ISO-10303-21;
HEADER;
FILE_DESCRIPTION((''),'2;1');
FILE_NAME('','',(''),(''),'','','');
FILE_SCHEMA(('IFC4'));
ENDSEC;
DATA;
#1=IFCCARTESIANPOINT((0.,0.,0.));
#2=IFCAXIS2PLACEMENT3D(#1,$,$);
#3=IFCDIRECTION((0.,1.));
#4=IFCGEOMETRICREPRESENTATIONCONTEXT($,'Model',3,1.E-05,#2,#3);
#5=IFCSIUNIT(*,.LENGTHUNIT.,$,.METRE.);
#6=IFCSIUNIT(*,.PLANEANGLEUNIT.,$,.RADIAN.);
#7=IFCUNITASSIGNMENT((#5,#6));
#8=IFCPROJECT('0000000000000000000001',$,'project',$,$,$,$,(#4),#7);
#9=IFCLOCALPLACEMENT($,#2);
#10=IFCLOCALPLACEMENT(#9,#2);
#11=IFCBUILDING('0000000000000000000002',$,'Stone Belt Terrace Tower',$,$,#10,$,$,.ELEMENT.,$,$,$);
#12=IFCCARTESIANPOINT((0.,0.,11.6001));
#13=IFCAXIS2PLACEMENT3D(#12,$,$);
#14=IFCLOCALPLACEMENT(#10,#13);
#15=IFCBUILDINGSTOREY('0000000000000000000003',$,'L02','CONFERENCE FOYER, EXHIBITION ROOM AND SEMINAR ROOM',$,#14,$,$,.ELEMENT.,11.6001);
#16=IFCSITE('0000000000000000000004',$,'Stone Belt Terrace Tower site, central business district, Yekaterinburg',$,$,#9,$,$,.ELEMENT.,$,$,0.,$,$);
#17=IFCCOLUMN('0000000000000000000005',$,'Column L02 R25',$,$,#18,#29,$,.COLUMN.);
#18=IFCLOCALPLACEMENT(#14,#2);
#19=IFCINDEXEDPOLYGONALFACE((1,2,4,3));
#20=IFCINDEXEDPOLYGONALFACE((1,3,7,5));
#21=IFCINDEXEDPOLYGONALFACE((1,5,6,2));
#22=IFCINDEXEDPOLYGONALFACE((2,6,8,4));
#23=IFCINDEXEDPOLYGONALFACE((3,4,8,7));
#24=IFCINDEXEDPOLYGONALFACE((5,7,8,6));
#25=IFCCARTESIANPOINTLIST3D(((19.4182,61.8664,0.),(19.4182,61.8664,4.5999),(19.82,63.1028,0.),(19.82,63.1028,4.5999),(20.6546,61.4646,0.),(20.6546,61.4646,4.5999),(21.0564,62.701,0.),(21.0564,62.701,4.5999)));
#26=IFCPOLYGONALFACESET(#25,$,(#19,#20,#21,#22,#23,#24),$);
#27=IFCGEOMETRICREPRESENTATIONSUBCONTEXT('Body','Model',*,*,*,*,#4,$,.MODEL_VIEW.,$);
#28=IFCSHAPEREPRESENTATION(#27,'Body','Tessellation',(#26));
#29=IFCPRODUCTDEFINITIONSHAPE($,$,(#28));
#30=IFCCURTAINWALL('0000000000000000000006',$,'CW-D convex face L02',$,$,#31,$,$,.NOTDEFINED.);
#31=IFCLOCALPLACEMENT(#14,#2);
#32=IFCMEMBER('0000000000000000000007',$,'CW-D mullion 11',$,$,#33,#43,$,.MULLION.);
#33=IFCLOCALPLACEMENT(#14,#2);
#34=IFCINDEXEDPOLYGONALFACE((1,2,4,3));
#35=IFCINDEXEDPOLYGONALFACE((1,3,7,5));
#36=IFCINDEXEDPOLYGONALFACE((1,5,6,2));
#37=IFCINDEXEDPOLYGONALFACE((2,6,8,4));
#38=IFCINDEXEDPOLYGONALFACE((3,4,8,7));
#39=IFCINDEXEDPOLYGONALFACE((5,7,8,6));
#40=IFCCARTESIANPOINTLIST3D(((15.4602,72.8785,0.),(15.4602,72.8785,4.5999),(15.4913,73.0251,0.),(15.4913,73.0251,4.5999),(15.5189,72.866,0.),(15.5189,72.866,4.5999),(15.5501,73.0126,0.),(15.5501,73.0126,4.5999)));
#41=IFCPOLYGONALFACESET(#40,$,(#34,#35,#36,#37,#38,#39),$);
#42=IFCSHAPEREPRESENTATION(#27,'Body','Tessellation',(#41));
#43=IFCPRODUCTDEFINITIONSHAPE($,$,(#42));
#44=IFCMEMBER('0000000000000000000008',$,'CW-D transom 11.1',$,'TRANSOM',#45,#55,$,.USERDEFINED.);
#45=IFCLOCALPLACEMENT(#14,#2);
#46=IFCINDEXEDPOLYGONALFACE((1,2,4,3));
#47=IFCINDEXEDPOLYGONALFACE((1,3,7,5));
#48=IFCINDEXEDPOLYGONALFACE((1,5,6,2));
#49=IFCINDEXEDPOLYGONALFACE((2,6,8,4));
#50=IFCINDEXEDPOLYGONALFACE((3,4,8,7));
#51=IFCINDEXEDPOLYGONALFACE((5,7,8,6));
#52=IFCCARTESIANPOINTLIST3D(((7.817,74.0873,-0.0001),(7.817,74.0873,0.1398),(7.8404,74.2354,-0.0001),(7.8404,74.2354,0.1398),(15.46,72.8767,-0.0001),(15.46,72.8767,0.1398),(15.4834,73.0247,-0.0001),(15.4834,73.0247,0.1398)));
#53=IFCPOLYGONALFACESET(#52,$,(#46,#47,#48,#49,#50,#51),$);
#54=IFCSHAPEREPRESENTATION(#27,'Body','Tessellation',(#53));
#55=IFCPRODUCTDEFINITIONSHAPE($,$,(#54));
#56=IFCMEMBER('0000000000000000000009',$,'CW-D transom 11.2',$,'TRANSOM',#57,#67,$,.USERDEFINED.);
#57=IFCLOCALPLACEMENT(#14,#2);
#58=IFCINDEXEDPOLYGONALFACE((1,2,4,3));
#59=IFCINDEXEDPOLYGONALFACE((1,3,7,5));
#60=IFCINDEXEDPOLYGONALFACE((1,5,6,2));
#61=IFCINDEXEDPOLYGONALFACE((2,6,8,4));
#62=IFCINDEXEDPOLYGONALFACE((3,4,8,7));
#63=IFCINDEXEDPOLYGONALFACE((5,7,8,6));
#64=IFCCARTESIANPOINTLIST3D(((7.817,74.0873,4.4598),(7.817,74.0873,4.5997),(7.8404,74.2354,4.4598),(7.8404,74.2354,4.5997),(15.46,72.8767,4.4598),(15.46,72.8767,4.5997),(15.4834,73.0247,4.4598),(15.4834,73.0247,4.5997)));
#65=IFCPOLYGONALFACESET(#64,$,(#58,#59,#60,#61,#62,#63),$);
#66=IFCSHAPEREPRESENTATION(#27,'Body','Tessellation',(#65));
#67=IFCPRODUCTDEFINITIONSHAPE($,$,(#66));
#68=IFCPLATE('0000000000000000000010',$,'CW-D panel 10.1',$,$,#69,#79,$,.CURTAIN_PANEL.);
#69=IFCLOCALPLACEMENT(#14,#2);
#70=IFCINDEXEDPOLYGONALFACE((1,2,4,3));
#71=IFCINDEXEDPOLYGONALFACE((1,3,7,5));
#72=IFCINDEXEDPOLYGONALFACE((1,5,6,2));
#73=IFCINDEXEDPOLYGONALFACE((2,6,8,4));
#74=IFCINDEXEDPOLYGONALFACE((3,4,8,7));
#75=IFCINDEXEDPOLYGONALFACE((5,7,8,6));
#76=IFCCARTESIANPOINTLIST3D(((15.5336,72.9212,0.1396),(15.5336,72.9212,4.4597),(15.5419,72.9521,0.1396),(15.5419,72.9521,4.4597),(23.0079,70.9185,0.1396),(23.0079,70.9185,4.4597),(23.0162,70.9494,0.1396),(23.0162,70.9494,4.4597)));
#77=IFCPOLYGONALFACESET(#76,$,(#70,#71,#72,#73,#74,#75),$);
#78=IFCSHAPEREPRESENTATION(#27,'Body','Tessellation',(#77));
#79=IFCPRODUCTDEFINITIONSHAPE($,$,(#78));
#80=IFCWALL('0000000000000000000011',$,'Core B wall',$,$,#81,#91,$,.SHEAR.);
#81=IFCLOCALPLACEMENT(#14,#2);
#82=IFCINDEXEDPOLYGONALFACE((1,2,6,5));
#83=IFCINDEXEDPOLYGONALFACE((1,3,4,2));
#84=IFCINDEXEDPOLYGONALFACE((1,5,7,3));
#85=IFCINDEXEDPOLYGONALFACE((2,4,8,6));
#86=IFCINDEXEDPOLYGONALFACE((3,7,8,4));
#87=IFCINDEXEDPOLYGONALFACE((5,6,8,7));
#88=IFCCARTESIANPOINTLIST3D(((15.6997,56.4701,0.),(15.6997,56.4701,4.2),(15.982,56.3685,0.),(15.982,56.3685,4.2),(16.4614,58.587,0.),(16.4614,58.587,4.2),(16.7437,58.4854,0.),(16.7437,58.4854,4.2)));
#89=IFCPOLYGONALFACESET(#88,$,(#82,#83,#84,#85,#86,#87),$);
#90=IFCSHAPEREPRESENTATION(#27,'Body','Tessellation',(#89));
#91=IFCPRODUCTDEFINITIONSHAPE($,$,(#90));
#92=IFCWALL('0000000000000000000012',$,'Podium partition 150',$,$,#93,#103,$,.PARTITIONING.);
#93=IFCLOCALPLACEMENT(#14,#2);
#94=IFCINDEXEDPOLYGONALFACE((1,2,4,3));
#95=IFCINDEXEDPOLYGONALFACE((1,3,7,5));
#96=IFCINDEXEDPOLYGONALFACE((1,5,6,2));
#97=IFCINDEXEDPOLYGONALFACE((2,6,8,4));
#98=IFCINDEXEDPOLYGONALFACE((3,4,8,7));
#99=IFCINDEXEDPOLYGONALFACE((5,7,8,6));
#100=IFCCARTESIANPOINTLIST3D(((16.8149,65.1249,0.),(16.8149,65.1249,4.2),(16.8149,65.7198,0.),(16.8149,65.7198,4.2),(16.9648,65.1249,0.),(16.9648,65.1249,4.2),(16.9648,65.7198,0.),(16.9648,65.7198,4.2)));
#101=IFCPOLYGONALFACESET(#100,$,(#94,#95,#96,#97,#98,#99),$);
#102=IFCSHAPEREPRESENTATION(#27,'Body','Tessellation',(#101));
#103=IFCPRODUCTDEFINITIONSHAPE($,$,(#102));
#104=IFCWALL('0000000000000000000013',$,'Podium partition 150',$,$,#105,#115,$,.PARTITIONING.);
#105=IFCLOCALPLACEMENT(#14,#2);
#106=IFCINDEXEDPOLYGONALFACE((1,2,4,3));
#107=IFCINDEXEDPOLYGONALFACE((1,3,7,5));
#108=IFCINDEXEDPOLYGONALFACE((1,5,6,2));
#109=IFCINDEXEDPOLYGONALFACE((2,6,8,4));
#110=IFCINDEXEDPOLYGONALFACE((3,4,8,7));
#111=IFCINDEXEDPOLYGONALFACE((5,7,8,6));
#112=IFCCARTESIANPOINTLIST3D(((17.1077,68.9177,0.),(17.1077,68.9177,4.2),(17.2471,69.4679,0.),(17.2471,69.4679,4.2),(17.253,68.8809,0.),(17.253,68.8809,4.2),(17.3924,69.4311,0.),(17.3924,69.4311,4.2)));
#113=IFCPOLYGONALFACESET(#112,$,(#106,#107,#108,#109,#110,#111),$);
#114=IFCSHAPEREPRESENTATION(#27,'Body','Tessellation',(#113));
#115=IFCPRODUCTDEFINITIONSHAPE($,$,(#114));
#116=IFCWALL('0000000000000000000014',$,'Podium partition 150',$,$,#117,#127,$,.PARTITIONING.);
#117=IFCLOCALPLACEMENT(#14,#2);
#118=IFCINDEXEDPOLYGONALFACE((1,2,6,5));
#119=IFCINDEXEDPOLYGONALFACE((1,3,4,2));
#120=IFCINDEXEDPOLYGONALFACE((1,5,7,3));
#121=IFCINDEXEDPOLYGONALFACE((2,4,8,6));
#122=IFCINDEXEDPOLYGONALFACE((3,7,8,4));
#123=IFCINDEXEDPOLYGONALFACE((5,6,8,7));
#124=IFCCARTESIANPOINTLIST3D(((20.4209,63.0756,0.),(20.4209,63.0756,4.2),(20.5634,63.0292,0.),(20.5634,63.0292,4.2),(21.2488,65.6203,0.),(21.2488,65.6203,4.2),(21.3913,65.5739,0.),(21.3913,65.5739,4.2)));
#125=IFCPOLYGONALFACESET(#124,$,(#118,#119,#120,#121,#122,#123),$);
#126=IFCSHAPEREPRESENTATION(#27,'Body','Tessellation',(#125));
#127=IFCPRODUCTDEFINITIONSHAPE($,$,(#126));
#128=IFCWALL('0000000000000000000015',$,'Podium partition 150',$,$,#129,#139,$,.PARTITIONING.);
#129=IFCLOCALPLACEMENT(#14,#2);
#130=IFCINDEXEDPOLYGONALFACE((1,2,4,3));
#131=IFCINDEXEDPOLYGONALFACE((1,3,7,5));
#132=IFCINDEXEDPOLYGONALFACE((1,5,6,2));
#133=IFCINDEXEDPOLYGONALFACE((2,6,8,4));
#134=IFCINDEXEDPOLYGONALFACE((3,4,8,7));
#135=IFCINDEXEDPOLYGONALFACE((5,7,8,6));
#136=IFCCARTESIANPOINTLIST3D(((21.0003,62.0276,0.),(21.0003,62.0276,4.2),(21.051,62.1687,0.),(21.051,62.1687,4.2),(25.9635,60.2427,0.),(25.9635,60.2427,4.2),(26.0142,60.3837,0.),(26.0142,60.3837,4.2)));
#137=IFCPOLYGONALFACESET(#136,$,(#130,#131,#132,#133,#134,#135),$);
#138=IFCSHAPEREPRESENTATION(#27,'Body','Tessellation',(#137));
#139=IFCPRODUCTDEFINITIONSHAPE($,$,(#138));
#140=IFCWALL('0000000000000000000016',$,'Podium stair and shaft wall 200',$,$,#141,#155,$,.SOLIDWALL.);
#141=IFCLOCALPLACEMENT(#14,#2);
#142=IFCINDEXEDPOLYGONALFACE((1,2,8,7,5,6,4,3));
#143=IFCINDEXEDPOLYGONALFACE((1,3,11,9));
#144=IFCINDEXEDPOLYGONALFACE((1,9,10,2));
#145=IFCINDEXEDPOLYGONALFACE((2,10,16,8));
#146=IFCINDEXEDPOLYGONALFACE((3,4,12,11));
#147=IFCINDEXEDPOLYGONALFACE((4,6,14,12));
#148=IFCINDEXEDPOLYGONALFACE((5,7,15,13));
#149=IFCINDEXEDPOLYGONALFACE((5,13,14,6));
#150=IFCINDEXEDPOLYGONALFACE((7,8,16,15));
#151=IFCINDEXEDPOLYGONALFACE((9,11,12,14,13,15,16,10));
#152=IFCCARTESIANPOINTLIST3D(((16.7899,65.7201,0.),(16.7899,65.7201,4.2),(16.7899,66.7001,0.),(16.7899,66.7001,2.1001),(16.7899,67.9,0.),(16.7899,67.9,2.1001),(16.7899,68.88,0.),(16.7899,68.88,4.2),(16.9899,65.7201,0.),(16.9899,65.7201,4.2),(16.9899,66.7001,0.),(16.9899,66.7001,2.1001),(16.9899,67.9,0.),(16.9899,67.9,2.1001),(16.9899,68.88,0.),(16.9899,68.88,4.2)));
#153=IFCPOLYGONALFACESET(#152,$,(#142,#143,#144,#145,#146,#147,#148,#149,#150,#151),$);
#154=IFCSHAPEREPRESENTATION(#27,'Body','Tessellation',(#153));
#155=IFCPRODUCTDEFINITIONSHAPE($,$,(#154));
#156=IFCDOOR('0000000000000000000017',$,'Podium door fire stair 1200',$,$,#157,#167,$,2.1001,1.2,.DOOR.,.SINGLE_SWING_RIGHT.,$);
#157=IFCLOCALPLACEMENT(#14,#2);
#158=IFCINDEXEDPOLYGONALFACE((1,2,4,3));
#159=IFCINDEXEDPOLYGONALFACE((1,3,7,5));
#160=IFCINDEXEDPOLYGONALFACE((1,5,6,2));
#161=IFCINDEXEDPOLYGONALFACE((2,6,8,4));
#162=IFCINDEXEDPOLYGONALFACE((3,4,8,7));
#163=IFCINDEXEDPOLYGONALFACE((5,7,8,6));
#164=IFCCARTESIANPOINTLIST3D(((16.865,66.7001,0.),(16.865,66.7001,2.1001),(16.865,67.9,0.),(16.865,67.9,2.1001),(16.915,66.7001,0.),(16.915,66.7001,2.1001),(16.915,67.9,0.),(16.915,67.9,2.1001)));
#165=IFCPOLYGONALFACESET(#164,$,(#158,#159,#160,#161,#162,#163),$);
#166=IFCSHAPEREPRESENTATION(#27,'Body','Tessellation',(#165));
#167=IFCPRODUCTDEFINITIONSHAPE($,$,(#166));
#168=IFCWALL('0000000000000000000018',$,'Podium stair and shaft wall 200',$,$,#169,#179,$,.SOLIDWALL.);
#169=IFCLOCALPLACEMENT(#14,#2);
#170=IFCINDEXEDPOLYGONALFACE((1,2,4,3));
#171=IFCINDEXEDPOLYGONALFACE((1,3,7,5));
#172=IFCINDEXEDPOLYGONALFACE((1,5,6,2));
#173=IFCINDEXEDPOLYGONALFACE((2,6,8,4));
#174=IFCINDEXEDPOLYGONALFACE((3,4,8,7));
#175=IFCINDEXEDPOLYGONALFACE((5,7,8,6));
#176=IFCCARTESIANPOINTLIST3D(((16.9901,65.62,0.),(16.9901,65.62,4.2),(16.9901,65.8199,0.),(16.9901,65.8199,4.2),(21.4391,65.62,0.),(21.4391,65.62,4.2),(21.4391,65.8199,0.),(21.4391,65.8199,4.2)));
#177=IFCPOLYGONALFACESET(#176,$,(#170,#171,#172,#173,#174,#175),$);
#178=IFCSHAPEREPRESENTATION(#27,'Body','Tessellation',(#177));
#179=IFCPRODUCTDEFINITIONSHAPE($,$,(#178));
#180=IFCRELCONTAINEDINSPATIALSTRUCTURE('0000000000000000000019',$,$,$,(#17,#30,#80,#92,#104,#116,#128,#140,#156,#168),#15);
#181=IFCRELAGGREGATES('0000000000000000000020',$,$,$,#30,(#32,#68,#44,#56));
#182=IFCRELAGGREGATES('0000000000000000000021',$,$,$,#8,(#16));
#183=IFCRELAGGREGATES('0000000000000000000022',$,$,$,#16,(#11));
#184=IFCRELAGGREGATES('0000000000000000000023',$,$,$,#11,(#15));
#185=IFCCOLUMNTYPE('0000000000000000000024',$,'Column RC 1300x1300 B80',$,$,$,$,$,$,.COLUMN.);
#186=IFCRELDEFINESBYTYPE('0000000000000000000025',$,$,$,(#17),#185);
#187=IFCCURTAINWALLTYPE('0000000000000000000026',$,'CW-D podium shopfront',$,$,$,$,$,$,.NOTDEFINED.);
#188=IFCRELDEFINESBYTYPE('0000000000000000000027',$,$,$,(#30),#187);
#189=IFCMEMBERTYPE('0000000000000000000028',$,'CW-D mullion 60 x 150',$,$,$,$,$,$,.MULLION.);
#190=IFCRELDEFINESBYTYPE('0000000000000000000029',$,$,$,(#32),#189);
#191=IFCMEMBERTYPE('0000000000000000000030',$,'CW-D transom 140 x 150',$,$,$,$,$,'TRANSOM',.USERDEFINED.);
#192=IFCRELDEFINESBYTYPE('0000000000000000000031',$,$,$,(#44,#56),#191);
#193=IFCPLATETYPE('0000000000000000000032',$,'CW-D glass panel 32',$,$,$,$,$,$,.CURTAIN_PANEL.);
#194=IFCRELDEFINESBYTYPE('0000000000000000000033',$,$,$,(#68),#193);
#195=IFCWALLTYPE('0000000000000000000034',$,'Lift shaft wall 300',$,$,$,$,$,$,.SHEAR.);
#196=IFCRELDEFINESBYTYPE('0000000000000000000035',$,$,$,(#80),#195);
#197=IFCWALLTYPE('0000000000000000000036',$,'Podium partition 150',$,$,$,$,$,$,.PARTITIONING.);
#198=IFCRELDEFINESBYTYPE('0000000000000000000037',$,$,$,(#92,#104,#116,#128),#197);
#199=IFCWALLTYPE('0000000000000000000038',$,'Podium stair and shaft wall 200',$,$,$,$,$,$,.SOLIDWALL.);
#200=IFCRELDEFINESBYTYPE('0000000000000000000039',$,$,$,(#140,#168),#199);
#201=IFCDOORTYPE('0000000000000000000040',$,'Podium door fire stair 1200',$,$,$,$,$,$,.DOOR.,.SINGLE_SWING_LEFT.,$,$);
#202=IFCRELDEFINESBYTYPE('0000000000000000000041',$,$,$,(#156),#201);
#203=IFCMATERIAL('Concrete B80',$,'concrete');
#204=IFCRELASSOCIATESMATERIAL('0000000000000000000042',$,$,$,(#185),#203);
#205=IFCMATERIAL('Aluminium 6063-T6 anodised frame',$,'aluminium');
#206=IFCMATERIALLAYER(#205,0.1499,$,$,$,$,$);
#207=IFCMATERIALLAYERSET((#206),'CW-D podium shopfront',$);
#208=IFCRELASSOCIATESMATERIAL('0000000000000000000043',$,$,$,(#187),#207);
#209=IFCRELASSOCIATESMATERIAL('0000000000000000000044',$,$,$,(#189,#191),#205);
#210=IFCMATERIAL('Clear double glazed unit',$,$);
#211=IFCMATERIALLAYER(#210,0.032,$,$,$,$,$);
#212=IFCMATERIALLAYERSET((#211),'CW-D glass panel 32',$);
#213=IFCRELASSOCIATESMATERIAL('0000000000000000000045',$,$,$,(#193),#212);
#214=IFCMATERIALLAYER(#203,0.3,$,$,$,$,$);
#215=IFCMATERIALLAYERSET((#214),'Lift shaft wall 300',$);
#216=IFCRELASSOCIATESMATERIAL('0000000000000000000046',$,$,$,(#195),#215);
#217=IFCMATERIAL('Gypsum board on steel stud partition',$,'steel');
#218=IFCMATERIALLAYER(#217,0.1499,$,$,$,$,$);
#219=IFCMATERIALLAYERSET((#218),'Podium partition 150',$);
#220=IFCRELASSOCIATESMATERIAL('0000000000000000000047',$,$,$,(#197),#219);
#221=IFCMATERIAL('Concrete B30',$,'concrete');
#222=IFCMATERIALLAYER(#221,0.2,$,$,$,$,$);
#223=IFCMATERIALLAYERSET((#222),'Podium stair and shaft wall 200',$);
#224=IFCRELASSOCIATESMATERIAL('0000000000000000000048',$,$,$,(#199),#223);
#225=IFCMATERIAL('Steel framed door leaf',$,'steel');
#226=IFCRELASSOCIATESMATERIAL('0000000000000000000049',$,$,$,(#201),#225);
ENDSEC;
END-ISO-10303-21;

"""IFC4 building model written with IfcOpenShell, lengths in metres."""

from ifc_helpers import new_model, si_unit, direction, frame, frame_2d, origin, origin_2d, place, context, subcontext, project, spatial, rectangle, extrude, material, layer, layer_set, material_profile, profile_set, type_object, element, fill, aggregate, save


model = new_model("IFC4")

# Units and contexts
model_context = context("Model", 3, precision=1e-05, world=origin(), true_north=direction((0.0, 1.0)))
body_context = subcontext(model_context, "Body", "Model", "MODEL_VIEW")
ifc_project = project(units=[si_unit("LENGTHUNIT", "METRE"), si_unit("PLANEANGLEUNIT", "RADIAN")], contexts=[model_context])

# Site, building, storey
site_placement = place(None, origin())
site = spatial("IfcSite", under=ifc_project, at=site_placement, Name="Stone Belt Terrace Tower site, central business district, Yekaterinburg", CompositionType="ELEMENT", RefElevation=0.0)
building_placement = place(site_placement, origin())
building = spatial("IfcBuilding", under=site, at=building_placement, Name="Stone Belt Terrace Tower", CompositionType="ELEMENT")
storey_placement = place(building_placement, frame((0.0, 0.0, 11.6001)))
storey = spatial("IfcBuildingStorey", under=building, at=storey_placement, Name="L02", Description="CONFERENCE FOYER, EXHIBITION ROOM AND SEMINAR ROOM", CompositionType="ELEMENT", Elevation=11.6001)

# Column
ifc_material_1 = material(Name="Concrete B80", Category="concrete")
ifc_material_profile_1 = material_profile(ifc_material_1, rectangle(XDim=1.3, YDim=1.3, at=origin_2d()), Name="RC 1300x1300")
ifc_profile_set_1 = profile_set([ifc_material_profile_1], Name="Concrete B80")
column_type = type_object("IfcColumnType", Name="Column RC 1300x1300 B80", PredefinedType="COLUMN", material=ifc_profile_set_1)
column_placement = place(storey_placement, frame((20.2373, 62.2837, 0.0), z_axis=(0.0, 0.0, 1.0), x_axis=(0.951057, -0.309017, 0.0)))
element("IfcColumn", 1, at=column_placement, inside=storey, type_object=column_type, Name="Column L02 R25", PredefinedType="COLUMN", context=body_context, shape_type="SweptSolid", body=[
    extrude(rectangle(XDim=1.3, YDim=1.3, at=origin_2d()), origin(), (0.0, 0.0, 1.0), 4.5999),
])

# Curtain wall, members, plate
ifc_material_2 = material(Name="Aluminium 6063-T6 anodised frame", Category="aluminium")
ifc_layer_1 = layer(ifc_material_2, 0.1499)
ifc_layer_set_1 = layer_set([ifc_layer_1], Name="CW-D podium shopfront")
curtain_wall_type = type_object("IfcCurtainWallType", Name="CW-D podium shopfront", PredefinedType="NOTDEFINED", material=ifc_layer_set_1)
curtain_wall_placement = place(storey_placement, origin())
curtain_wall = element("IfcCurtainWall", 2, at=curtain_wall_placement, inside=storey, type_object=curtain_wall_type, Name="CW-D convex face L02", PredefinedType="NOTDEFINED")
ifc_material_profile_2 = material_profile(ifc_material_2, rectangle(XDim=0.1499, YDim=0.0601, at=origin_2d()), Name="Aluminium 6063-T6 60x150")
ifc_profile_set_2 = profile_set([ifc_material_profile_2], Name="Aluminium 6063-T6 anodised frame")
member_type_1 = type_object("IfcMemberType", Name="CW-D mullion 60 x 150", PredefinedType="MULLION", material=ifc_profile_set_2)
member_1_placement = place(storey_placement, frame((15.5051, 72.9456, 0.0), z_axis=(0.0, 0.0, 1.0), x_axis=(-0.207912, -0.978148, 0.0)))
member_1 = element("IfcMember", 3, at=member_1_placement, type_object=member_type_1, Name="CW-D mullion 11", PredefinedType="MULLION", context=body_context, shape_type="SweptSolid", body=[
    extrude(rectangle(XDim=0.1499, YDim=0.0601, at=origin_2d()), origin(), (0.0, 0.0, 1.0), 4.5999),
])
ifc_material_profile_3 = material_profile(ifc_material_2, rectangle(XDim=0.1499, YDim=0.1399, at=origin_2d()), Name="Aluminium 6063-T6 150x140")
ifc_profile_set_3 = profile_set([ifc_material_profile_3], Name="Aluminium 6063-T6 anodised frame")
member_type_2 = type_object("IfcMemberType", Name="CW-D transom 140 x 150", ElementType="TRANSOM", PredefinedType="USERDEFINED", material=ifc_profile_set_3)
member_2_placement = place(storey_placement, frame((15.4717, 72.9507, 0.0698), z_axis=(-0.987685, 0.156453, 0.0), x_axis=(-0.156453, -0.987685, 0.0)))
member_2 = element("IfcMember", 4, at=member_2_placement, type_object=member_type_2, Name="CW-D transom 11.1", ObjectType="TRANSOM", PredefinedType="USERDEFINED", context=body_context, shape_type="SweptSolid", body=[
    extrude(rectangle(XDim=0.1499, YDim=0.1399, at=origin_2d()), origin(), (0.0, 0.0, 1.0), 7.7383),
])
member_3_placement = place(storey_placement, frame((15.4717, 72.9507, 4.5298), z_axis=(-0.987685, 0.156453, 0.0), x_axis=(-0.156453, -0.987685, 0.0)))
member_3 = element("IfcMember", 5, at=member_3_placement, type_object=member_type_2, Name="CW-D transom 11.2", ObjectType="TRANSOM", PredefinedType="USERDEFINED", context=body_context, shape_type="SweptSolid", body=[
    extrude(rectangle(XDim=0.1499, YDim=0.1399, at=origin_2d()), origin(), (0.0, 0.0, 1.0), 7.7383),
])
ifc_material_3 = material(Name="Clear double glazed unit")
ifc_layer_2 = layer(ifc_material_3, 0.032)
ifc_layer_set_2 = layer_set([ifc_layer_2], Name="CW-D glass panel 32")
plate_type = type_object("IfcPlateType", Name="CW-D glass panel 32", PredefinedType="CURTAIN_PANEL", material=ifc_layer_set_2)
plate_placement = place(storey_placement, frame((19.2749, 71.9353, 0.1396), z_axis=(0.0, 0.0, 1.0), x_axis=(-0.965926, 0.258819, 0.0)))
plate = element("IfcPlate", 6, at=plate_placement, type_object=plate_type, Name="CW-D panel 10.1", PredefinedType="CURTAIN_PANEL", context=body_context, shape_type="SweptSolid", body=[
    extrude(rectangle(XDim=7.738, YDim=0.032, at=origin_2d()), origin(), (0.0, 0.0, 1.0), 4.3201),
])
aggregate(curtain_wall, [member_1, plate, member_2, member_3])

# Walls
ifc_layer_3 = layer(ifc_material_1, 0.3)
ifc_layer_set_3 = layer_set([ifc_layer_3], Name="Lift shaft wall 300")
wall_type_1 = type_object("IfcWallType", Name="Lift shaft wall 300", PredefinedType="SHEAR", material=ifc_layer_set_3)
wall_1_placement = place(storey_placement, frame((15.8408, 56.4192, 0.0), z_axis=(0.0, 0.0, 1.0), x_axis=(0.33857, 0.940941, 0.0)))
element("IfcWall", 7, at=wall_1_placement, inside=storey, type_object=wall_type_1, Name="Core B wall", PredefinedType="SHEAR", context=body_context, shape_type="SweptSolid", body=[
    extrude(rectangle(XDim=2.2498, YDim=0.3, at=frame_2d((1.125, 0.0))), origin(), (0.0, 0.0, 1.0), 4.2),
])
ifc_material_4 = material(Name="Gypsum board on steel stud partition", Category="steel")
ifc_layer_4 = layer(ifc_material_4, 0.1499)
ifc_layer_set_4 = layer_set([ifc_layer_4], Name="Podium partition 150")
wall_type_2 = type_object("IfcWallType", Name="Podium partition 150", PredefinedType="PARTITIONING", material=ifc_layer_set_4)
wall_2_placement = place(storey_placement, frame((16.8899, 65.125, 0.0), z_axis=(0.0, 0.0, 1.0), x_axis=(0.0, 1.0, 0.0)))
element("IfcWall", 8, at=wall_2_placement, inside=storey, type_object=wall_type_2, Name="Podium partition 150", PredefinedType="PARTITIONING", context=body_context, shape_type="SweptSolid", body=[
    extrude(rectangle(XDim=0.595, YDim=0.1499, at=frame_2d((0.2974, 0.0))), origin(), (0.0, 0.0, 1.0), 4.2),
])
wall_3_placement = place(storey_placement, frame((17.1804, 68.8994, 0.0), z_axis=(0.0, 0.0, 1.0), x_axis=(0.24557, 0.969379, 0.0)))
element("IfcWall", 9, at=wall_3_placement, inside=storey, type_object=wall_type_2, Name="Podium partition 150", PredefinedType="PARTITIONING", context=body_context, shape_type="SweptSolid", body=[
    extrude(rectangle(XDim=0.5676, YDim=0.1499, at=frame_2d((0.2837, 0.0))), origin(), (0.0, 0.0, 1.0), 4.2),
])
wall_4_placement = place(storey_placement, frame((20.4922, 63.0525, 0.0), z_axis=(0.0, 0.0, 1.0), x_axis=(0.309377, 0.950939, 0.0)))
element("IfcWall", 10, at=wall_4_placement, inside=storey, type_object=wall_type_2, Name="Podium partition 150", PredefinedType="PARTITIONING", context=body_context, shape_type="SweptSolid", body=[
    extrude(rectangle(XDim=2.676, YDim=0.1499, at=frame_2d((1.3379, 0.0))), origin(), (0.0, 0.0, 1.0), 4.2),
])
wall_5_placement = place(storey_placement, frame((21.0256, 62.0981, 0.0), z_axis=(0.0, 0.0, 1.0), x_axis=(0.940997, -0.338415, 0.0)))
element("IfcWall", 11, at=wall_5_placement, inside=storey, type_object=wall_type_2, Name="Podium partition 150", PredefinedType="PARTITIONING", context=body_context, shape_type="SweptSolid", body=[
    extrude(rectangle(XDim=5.2744, YDim=0.1499, at=frame_2d((2.6372, 0.0))), origin(), (0.0, 0.0, 1.0), 4.2),
])

# Wall, opening, door
ifc_material_5 = material(Name="Concrete B30", Category="concrete")
ifc_layer_5 = layer(ifc_material_5, 0.2)
ifc_layer_set_5 = layer_set([ifc_layer_5], Name="Podium stair and shaft wall 200")
wall_type_3 = type_object("IfcWallType", Name="Podium stair and shaft wall 200", PredefinedType="SOLIDWALL", material=ifc_layer_set_5)
wall_6_placement = place(storey_placement, frame((16.8899, 65.72, 0.0), z_axis=(0.0, 0.0, 1.0), x_axis=(0.0, 1.0, 0.0)))
wall_6 = element("IfcWall", 12, at=wall_6_placement, inside=storey, type_object=wall_type_3, Name="Podium stair and shaft wall 200", PredefinedType="SOLIDWALL", context=body_context, shape_type="SweptSolid", body=[
    extrude(rectangle(XDim=3.1599, YDim=0.2, at=frame_2d((1.5801, 0.0))), origin(), (0.0, 0.0, 1.0), 4.2),
])
opening_placement = place(wall_6_placement, frame((0.98, 0.0, 0.0)))
opening = element("IfcOpeningElement", 13, at=opening_placement, cuts=wall_6, PredefinedType="OPENING", context=body_context, shape_type="SweptSolid", body=[
    extrude(rectangle(XDim=1.2, YDim=2.1001, at=frame_2d((0.6001, 1.05))), frame((0.0, 0.1099, 0.0), z_axis=(0.0, -1.0, 0.0), x_axis=(1.0, 0.0, 0.0)), (0.0, 0.0, 1.0), 0.22),
])
ifc_material_6 = material(Name="Steel framed door leaf", Category="steel")
door_type = type_object("IfcDoorType", Name="Podium door fire stair 1200", OperationType="SINGLE_SWING_LEFT", PredefinedType="DOOR", material=ifc_material_6)
door_placement = place(opening_placement, origin())
door = element("IfcDoor", 14, at=door_placement, inside=storey, type_object=door_type, Name="Podium door fire stair 1200", OperationType="SINGLE_SWING_RIGHT", OverallHeight=2.1001, OverallWidth=1.2, PredefinedType="DOOR", context=body_context, shape_type="SweptSolid", body=[
    extrude(rectangle(XDim=1.2, YDim=2.1001, at=frame_2d((0.6001, 1.05))), frame((0.0, 0.0249, 0.0), z_axis=(0.0, -1.0, 0.0), x_axis=(1.0, 0.0, 0.0)), (0.0, 0.0, 1.0), 0.05),
])
fill(opening, door)

# Wall
wall_7_placement = place(storey_placement, frame((16.99, 65.72, 0.0), z_axis=(0.0, 0.0, 1.0), x_axis=(1.0, 0.0, 0.0)))
element("IfcWall", 15, at=wall_7_placement, inside=storey, type_object=wall_type_3, Name="Podium stair and shaft wall 200", PredefinedType="SOLIDWALL", context=body_context, shape_type="SweptSolid", body=[
    extrude(rectangle(XDim=4.449, YDim=0.2, at=frame_2d((2.2246, 0.0))), origin(), (0.0, 0.0, 1.0), 4.2),
])

save(model, "model.ifc")
